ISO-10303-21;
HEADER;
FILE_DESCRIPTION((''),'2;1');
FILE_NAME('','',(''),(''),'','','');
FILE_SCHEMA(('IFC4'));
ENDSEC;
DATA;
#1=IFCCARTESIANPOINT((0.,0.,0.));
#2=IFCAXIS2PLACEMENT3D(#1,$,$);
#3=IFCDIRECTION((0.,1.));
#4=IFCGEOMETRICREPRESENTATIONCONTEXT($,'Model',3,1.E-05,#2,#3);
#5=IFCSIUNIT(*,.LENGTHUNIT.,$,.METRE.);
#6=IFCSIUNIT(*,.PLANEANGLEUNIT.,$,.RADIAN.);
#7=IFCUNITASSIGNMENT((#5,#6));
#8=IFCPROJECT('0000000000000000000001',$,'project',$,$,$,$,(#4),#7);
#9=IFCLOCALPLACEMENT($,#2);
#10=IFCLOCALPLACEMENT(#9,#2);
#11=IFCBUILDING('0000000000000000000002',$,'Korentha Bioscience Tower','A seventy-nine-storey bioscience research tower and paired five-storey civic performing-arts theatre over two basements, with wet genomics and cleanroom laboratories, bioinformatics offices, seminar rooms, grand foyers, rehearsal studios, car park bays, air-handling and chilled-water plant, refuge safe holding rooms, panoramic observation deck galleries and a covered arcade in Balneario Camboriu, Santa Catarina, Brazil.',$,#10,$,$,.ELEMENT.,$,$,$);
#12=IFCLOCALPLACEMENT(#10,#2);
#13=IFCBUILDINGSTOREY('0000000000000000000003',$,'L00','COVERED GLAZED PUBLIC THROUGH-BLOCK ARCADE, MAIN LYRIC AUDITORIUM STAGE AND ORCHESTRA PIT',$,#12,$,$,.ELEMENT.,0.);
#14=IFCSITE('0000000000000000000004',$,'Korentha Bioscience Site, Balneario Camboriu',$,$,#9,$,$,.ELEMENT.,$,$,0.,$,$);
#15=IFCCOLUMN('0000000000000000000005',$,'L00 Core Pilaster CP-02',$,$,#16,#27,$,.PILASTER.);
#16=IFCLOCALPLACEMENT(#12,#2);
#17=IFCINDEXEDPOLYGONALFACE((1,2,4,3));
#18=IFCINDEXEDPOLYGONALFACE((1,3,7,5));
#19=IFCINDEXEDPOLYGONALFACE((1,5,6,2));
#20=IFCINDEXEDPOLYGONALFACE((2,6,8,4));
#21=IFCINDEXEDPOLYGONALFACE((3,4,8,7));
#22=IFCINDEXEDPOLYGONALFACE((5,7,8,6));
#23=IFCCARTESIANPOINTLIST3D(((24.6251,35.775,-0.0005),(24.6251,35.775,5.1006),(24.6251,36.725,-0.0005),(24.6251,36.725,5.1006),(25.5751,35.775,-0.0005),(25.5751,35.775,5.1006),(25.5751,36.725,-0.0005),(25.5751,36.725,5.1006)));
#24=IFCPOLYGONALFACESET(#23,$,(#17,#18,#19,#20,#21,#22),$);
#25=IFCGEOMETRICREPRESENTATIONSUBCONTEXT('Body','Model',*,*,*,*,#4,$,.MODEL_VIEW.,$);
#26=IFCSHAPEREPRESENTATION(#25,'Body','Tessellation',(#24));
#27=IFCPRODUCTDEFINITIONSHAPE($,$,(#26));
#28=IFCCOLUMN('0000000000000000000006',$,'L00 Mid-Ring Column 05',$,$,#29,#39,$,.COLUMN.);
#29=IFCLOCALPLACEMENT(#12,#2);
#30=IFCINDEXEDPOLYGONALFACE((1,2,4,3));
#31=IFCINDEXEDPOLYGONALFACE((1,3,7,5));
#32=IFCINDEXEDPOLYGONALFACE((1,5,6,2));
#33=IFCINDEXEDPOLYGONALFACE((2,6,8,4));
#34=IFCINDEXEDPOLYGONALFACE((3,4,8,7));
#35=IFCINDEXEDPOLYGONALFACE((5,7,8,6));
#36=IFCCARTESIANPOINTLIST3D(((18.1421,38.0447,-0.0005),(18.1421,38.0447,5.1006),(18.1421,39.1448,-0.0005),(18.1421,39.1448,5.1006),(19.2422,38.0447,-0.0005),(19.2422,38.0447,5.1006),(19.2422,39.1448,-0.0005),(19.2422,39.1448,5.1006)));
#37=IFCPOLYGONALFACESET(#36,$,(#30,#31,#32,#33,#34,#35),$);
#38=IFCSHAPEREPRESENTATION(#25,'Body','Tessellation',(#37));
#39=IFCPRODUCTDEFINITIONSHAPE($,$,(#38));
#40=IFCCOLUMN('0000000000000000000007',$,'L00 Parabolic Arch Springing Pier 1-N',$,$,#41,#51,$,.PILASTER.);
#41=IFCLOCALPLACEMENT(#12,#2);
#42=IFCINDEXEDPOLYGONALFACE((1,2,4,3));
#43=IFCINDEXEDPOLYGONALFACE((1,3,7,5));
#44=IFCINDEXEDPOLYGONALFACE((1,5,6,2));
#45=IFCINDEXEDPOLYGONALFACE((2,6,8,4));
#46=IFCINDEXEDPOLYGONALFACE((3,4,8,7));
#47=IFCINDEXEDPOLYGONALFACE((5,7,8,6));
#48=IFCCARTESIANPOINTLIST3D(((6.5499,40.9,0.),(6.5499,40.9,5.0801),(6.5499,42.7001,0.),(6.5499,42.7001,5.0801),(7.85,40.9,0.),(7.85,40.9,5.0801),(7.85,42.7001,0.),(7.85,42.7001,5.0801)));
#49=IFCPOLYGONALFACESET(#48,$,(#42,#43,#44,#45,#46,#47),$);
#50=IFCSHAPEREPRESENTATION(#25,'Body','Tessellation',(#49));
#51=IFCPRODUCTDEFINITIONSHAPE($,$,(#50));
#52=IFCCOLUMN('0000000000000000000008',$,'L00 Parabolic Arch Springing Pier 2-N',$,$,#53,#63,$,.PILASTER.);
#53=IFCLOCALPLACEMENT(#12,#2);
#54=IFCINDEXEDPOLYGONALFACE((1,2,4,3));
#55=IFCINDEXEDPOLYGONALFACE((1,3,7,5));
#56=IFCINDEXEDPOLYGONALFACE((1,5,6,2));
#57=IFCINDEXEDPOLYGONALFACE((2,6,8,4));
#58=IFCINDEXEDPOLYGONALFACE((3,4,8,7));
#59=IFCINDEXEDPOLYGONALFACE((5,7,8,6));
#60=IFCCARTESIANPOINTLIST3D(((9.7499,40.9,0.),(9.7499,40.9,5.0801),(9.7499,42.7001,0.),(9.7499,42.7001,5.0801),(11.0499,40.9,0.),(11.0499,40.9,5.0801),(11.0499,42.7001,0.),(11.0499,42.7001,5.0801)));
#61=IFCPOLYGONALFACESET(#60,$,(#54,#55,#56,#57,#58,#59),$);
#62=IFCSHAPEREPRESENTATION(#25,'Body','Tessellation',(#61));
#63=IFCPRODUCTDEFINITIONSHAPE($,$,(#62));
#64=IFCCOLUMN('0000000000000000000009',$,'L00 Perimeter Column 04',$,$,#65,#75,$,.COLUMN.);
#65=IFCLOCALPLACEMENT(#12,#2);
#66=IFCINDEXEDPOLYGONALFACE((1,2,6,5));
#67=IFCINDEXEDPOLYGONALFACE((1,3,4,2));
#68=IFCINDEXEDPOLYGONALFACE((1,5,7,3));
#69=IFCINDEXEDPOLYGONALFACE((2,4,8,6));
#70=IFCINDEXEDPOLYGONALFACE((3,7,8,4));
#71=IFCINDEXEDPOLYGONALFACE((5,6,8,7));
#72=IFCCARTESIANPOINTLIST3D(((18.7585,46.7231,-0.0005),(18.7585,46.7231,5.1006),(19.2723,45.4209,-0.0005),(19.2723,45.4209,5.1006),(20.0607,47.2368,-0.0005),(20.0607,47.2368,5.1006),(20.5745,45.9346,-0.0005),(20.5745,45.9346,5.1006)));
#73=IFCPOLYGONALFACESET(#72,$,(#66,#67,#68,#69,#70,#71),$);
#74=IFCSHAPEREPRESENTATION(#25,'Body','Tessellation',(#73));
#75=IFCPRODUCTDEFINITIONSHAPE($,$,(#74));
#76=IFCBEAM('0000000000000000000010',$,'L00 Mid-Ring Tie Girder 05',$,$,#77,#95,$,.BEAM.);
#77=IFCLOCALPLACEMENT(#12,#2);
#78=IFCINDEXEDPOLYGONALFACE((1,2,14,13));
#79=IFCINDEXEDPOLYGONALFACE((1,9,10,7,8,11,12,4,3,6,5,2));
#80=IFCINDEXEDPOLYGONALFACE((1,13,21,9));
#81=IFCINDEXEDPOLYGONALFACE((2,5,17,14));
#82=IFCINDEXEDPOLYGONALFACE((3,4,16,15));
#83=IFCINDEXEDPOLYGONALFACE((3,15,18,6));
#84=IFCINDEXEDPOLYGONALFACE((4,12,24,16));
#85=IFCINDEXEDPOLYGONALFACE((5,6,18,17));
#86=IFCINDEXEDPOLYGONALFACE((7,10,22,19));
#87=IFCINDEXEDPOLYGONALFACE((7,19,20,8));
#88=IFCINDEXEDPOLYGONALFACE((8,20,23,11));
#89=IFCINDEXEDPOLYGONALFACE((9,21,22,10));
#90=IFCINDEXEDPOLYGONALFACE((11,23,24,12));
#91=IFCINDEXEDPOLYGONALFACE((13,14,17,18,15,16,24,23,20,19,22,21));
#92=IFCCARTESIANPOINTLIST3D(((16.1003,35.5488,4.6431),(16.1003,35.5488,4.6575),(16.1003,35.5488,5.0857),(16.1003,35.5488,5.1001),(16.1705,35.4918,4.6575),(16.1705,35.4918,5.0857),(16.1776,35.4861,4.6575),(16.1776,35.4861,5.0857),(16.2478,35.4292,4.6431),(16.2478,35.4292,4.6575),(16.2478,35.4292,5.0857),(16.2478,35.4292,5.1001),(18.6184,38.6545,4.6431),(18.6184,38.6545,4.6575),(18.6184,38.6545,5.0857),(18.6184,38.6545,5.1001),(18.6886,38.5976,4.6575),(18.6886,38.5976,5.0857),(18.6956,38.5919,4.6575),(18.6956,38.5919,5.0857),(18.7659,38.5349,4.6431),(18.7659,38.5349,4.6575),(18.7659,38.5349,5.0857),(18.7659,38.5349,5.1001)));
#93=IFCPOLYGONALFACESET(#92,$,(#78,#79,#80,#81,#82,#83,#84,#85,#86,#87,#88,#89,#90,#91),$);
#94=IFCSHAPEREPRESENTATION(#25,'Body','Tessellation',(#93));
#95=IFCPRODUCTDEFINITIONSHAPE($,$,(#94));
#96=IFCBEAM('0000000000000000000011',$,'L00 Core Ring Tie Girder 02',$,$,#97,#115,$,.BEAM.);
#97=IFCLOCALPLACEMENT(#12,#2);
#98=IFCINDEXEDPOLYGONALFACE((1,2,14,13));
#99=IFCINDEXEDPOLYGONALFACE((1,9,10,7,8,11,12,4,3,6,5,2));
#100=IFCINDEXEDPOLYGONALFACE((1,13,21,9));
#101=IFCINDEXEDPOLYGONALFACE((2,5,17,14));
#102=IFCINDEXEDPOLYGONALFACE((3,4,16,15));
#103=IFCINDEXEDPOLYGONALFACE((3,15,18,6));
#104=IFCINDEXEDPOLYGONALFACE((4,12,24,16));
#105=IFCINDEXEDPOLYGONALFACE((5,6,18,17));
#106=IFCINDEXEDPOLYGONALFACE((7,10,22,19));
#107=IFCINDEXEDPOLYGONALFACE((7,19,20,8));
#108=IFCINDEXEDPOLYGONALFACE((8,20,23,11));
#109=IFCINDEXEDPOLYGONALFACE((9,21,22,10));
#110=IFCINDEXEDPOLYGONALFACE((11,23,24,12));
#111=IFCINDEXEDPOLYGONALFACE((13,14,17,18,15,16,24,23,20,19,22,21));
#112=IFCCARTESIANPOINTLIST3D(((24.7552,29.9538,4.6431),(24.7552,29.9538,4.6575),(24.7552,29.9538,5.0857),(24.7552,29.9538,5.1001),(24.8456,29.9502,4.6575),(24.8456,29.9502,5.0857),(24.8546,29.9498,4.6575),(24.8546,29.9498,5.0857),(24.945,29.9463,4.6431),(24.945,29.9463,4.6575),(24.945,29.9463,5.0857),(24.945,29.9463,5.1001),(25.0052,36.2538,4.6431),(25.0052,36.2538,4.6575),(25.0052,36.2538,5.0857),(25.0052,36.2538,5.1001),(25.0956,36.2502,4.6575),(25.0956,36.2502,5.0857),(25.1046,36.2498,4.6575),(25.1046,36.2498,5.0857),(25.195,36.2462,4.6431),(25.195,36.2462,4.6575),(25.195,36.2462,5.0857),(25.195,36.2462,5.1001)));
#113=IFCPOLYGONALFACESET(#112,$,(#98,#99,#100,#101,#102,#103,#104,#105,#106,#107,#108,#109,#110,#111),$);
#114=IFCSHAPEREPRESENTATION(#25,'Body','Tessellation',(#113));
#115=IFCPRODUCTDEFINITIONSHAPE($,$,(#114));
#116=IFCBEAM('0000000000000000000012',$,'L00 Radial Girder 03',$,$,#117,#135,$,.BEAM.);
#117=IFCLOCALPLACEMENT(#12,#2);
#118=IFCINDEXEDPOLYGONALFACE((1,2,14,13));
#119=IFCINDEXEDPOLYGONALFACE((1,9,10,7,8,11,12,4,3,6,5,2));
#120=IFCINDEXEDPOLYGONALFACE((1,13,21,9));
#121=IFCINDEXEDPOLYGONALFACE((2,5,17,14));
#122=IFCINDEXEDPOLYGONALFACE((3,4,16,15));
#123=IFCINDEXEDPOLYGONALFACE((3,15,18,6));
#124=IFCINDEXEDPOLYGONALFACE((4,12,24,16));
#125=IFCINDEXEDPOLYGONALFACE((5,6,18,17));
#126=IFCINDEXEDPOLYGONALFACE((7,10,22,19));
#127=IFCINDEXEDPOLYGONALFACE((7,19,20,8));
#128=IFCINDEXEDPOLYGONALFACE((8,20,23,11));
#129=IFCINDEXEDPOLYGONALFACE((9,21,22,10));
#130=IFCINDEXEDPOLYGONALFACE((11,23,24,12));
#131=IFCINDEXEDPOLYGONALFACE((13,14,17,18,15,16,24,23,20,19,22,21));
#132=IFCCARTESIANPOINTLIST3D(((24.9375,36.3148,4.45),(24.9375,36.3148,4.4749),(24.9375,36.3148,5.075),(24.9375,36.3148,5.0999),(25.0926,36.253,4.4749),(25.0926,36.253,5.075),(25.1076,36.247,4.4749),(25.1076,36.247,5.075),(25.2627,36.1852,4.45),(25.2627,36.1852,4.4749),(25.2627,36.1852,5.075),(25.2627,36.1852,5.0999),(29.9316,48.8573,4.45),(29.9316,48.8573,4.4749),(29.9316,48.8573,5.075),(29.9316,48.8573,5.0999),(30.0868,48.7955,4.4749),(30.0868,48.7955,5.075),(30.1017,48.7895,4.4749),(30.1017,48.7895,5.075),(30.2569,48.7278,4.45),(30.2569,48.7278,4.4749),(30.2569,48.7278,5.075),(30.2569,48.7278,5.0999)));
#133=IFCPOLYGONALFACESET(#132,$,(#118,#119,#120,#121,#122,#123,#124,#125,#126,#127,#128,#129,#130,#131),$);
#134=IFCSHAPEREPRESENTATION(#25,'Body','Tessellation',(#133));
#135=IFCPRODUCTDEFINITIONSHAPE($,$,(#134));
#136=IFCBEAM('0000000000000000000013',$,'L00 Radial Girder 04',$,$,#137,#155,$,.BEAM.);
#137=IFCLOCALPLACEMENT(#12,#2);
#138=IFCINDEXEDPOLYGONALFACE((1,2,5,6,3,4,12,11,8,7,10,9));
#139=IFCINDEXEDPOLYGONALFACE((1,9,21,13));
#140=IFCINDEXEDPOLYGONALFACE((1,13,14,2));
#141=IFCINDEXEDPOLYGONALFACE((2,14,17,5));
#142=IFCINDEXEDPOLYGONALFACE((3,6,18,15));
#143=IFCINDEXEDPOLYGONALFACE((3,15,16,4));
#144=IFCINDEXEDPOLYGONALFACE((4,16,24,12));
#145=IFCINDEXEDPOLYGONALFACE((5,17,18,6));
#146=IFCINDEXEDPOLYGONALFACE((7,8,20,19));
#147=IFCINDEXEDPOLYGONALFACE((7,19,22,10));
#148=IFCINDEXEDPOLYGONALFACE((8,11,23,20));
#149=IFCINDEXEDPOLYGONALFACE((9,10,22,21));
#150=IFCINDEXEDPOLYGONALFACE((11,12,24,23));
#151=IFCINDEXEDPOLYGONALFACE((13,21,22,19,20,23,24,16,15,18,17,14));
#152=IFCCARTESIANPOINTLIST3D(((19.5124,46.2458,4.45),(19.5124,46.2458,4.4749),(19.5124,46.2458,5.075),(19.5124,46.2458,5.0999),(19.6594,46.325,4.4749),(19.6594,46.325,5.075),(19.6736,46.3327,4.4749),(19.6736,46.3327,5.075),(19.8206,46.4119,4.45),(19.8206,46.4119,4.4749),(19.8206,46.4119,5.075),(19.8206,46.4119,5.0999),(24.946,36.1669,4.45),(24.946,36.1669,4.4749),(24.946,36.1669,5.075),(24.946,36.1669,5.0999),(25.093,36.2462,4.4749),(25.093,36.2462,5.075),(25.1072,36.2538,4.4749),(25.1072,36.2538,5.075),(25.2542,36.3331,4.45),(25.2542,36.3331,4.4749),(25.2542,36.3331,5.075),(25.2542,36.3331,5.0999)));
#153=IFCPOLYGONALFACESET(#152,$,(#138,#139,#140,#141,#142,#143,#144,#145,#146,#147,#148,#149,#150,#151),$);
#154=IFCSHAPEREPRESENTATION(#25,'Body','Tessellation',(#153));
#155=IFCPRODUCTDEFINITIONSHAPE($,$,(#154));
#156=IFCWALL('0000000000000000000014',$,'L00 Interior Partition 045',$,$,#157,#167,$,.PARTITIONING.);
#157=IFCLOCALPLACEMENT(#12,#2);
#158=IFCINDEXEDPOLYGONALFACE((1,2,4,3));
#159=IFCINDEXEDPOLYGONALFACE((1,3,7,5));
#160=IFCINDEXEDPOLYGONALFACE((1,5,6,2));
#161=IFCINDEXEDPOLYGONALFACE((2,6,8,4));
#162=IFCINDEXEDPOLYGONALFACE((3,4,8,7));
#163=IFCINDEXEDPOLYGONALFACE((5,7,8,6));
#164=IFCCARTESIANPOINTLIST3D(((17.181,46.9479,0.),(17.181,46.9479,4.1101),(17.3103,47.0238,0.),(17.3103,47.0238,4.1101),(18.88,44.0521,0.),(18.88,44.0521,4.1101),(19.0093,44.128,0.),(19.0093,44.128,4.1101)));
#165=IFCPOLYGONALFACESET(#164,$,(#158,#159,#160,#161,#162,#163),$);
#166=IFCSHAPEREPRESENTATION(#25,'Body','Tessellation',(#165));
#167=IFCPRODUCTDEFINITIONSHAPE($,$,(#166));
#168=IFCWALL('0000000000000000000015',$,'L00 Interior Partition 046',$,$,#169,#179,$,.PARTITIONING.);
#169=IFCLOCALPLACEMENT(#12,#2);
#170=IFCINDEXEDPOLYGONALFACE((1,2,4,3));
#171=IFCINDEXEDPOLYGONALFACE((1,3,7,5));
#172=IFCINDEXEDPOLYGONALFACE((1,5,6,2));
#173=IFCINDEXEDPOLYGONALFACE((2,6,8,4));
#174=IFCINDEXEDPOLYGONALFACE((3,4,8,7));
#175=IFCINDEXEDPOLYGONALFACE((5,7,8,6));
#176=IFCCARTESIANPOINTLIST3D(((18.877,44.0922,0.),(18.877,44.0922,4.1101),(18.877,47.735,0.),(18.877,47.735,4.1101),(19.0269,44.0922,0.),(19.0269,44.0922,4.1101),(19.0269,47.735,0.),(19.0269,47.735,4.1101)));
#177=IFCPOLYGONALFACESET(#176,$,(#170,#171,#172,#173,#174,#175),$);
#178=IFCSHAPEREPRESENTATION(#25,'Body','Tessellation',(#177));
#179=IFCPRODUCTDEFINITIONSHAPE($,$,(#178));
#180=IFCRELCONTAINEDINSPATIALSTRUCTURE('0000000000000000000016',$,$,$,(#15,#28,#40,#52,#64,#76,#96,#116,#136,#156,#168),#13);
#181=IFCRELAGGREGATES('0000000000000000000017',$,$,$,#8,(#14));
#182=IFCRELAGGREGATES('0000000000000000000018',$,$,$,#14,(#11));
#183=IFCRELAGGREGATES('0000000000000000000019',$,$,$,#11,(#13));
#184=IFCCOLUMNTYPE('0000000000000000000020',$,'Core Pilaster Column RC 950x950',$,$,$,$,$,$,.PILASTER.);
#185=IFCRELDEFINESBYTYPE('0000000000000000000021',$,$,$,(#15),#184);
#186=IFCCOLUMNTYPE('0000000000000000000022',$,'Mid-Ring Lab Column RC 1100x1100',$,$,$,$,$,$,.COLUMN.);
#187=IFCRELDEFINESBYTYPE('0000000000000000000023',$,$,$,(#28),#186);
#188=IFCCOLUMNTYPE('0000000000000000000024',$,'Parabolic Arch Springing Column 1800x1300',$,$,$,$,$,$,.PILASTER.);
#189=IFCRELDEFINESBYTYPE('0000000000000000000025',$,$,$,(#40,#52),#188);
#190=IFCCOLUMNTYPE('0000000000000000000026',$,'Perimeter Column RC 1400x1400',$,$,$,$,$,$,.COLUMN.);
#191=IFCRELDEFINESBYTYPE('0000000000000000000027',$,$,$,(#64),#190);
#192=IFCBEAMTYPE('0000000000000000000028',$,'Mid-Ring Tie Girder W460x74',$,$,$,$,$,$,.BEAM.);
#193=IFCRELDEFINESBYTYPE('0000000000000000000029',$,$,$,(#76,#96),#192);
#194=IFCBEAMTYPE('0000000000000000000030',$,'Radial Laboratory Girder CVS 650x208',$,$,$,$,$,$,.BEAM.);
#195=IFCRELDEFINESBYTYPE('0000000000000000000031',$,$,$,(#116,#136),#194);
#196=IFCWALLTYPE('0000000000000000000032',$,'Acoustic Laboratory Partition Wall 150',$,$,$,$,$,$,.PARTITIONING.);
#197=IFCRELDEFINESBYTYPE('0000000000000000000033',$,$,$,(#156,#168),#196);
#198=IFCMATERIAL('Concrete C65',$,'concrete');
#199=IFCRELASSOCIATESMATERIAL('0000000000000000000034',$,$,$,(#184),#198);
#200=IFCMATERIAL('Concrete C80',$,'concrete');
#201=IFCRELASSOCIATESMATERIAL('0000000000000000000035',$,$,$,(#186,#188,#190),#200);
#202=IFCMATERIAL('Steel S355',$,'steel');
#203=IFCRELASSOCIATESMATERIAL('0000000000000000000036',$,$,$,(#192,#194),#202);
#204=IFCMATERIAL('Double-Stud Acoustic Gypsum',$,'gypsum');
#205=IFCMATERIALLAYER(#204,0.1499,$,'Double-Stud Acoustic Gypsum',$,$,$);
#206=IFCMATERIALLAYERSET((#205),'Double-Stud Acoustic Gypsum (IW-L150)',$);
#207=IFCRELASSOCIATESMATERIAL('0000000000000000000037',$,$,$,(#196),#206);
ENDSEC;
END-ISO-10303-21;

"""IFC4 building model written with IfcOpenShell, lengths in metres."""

from ifc_helpers import new_model, si_unit, direction, frame, frame_2d, origin, origin_2d, place, context, subcontext, project, spatial, rectangle, i_section, extrude, material, layer, layer_set, material_profile, profile_set, type_object, element, save


model = new_model("IFC4")

# Units and contexts
model_context = context("Model", 3, precision=1e-05, world=origin(), true_north=direction((0.0, 1.0)))
body_context = subcontext(model_context, "Body", "Model", "MODEL_VIEW")
ifc_project = project(units=[si_unit("LENGTHUNIT", "METRE"), si_unit("PLANEANGLEUNIT", "RADIAN")], contexts=[model_context])

# Site, building, storey
site_placement = place(None, origin())
site = spatial("IfcSite", under=ifc_project, at=site_placement, Name="Korentha Bioscience Site, Balneario Camboriu", CompositionType="ELEMENT", RefElevation=0.0)
building_placement = place(site_placement, origin())
building = spatial("IfcBuilding", under=site, at=building_placement, Name="Korentha Bioscience Tower", Description="A seventy-nine-storey bioscience research tower and paired five-storey civic performing-arts theatre over two basements, with wet genomics and cleanroom laboratories, bioinformatics offices, seminar rooms, grand foyers, rehearsal studios, car park bays, air-handling and chilled-water plant, refuge safe holding rooms, panoramic observation deck galleries and a covered arcade in Balneario Camboriu, Santa Catarina, Brazil.", CompositionType="ELEMENT")
storey_placement = place(building_placement, origin())
storey = spatial("IfcBuildingStorey", under=building, at=storey_placement, Name="L00", Description="COVERED GLAZED PUBLIC THROUGH-BLOCK ARCADE, MAIN LYRIC AUDITORIUM STAGE AND ORCHESTRA PIT", CompositionType="ELEMENT", Elevation=0.0)

# Columns
ifc_material_1 = material(Name="Concrete C65", Category="concrete")
ifc_material_profile_1 = material_profile(ifc_material_1, rectangle(XDim=0.95, YDim=0.95, at=origin_2d()), Name="Concrete C65")
ifc_profile_set_1 = profile_set([ifc_material_profile_1], Name="Concrete C65 (COL-CP09)")
column_type_1 = type_object("IfcColumnType", Name="Core Pilaster Column RC 950x950", PredefinedType="PILASTER", material=ifc_profile_set_1)
column_1_placement = place(storey_placement, frame((25.1001, 36.25, -0.0005), z_axis=(0.0, 0.0, 1.0), x_axis=(1.0, 0.0, 0.0)))
element("IfcColumn", 1, at=column_1_placement, inside=storey, type_object=column_type_1, Name="L00 Core Pilaster CP-02", PredefinedType="PILASTER", context=body_context, shape_type="SweptSolid", body=[
    extrude(rectangle(XDim=0.95, YDim=0.95, at=origin_2d()), origin(), (0.0, 0.0, 1.0), 5.1011),
])
ifc_material_2 = material(Name="Concrete C80", Category="concrete")
ifc_material_profile_2 = material_profile(ifc_material_2, rectangle(XDim=1.1001, YDim=1.1001, at=origin_2d()), Name="Concrete C80")
ifc_profile_set_2 = profile_set([ifc_material_profile_2], Name="Concrete C80 (COL-MR11)")
column_type_2 = type_object("IfcColumnType", Name="Mid-Ring Lab Column RC 1100x1100", PredefinedType="COLUMN", material=ifc_profile_set_2)
column_2_placement = place(storey_placement, frame((18.6921, 38.5947, -0.0005), z_axis=(0.0, 0.0, 1.0), x_axis=(1.0, 0.0, 0.0)))
element("IfcColumn", 2, at=column_2_placement, inside=storey, type_object=column_type_2, Name="L00 Mid-Ring Column 05", PredefinedType="COLUMN", context=body_context, shape_type="SweptSolid", body=[
    extrude(rectangle(XDim=1.1001, YDim=1.1001, at=origin_2d()), origin(), (0.0, 0.0, 1.0), 5.1011),
])
ifc_material_profile_3 = material_profile(ifc_material_2, rectangle(XDim=1.3, YDim=1.8, at=origin_2d()), Name="Concrete C80")
ifc_profile_set_3 = profile_set([ifc_material_profile_3], Name="Concrete C80 (AR-C1)")
column_type_3 = type_object("IfcColumnType", Name="Parabolic Arch Springing Column 1800x1300", PredefinedType="PILASTER", material=ifc_profile_set_3)
for number, where, z_axis, x_axis, name in (
    (3, (7.2, 41.8, 0.0), (0.0, 0.0, 1.0), (1.0, 0.0, 0.0), "L00 Parabolic Arch Springing Pier 1-N"),
    (4, (10.3999, 41.8, 0.0), (0.0, 0.0, 1.0), (1.0, 0.0, 0.0), "L00 Parabolic Arch Springing Pier 2-N"),
):
    element("IfcColumn", number, at=place(storey_placement, frame(where, z_axis=z_axis, x_axis=x_axis)), inside=storey, type_object=column_type_3, Name=name, PredefinedType="PILASTER", context=body_context, shape_type="SweptSolid", body=[
        extrude(rectangle(XDim=1.3, YDim=1.8, at=origin_2d()), origin(), (0.0, 0.0, 1.0), 5.0801),
    ])
ifc_material_profile_4 = material_profile(ifc_material_2, rectangle(XDim=1.3999, YDim=1.3999, at=origin_2d()), Name="Concrete C80")
ifc_profile_set_4 = profile_set([ifc_material_profile_4], Name="Concrete C80 (COL-P14)")
column_type_4 = type_object("IfcColumnType", Name="Perimeter Column RC 1400x1400", PredefinedType="COLUMN", material=ifc_profile_set_4)
column_3_placement = place(storey_placement, frame((19.6665, 46.3289, -0.0005), z_axis=(0.0, 0.0, 1.0), x_axis=(0.930226, 0.366988, 0.0)))
element("IfcColumn", 5, at=column_3_placement, inside=storey, type_object=column_type_4, Name="L00 Perimeter Column 04", PredefinedType="COLUMN", context=body_context, shape_type="SweptSolid", body=[
    extrude(rectangle(XDim=1.3999, YDim=1.3999, at=origin_2d()), origin(), (0.0, 0.0, 1.0), 5.1011),
])

# Beams
ifc_material_3 = material(Name="Steel S355", Category="steel")
ifc_material_profile_5 = material_profile(ifc_material_3, i_section(OverallWidth=0.1899, OverallDepth=0.457, WebThickness=0.009, FlangeThickness=0.0144, at=origin_2d()), Name="Steel S355")
ifc_profile_set_5 = profile_set([ifc_material_profile_5], Name="Steel S355 (MB-460)")
beam_type_1 = type_object("IfcBeamType", Name="Mid-Ring Tie Girder W460x74", PredefinedType="BEAM", material=ifc_profile_set_5)
beam_1_placement = place(storey_placement, frame((18.6921, 38.5947, 4.8716), z_axis=(-0.62979, -0.776765, 0.0), x_axis=(0.776765, -0.62979, 0.0)))
element("IfcBeam", 6, at=beam_1_placement, inside=storey, type_object=beam_type_1, Name="L00 Mid-Ring Tie Girder 05", PredefinedType="BEAM", context=body_context, shape_type="SweptSolid", body=[
    extrude(i_section(OverallWidth=0.1899, OverallDepth=0.457, WebThickness=0.009, FlangeThickness=0.0144, at=origin_2d()), origin(), (0.0, 0.0, 1.0), 3.9983),
])
beam_2_placement = place(storey_placement, frame((25.1001, 36.25, 4.8716), z_axis=(-0.039651, -0.999214, 0.0), x_axis=(0.999214, -0.039651, 0.0)))
element("IfcBeam", 7, at=beam_2_placement, inside=storey, type_object=beam_type_1, Name="L00 Core Ring Tie Girder 02", PredefinedType="BEAM", context=body_context, shape_type="SweptSolid", body=[
    extrude(i_section(OverallWidth=0.1899, OverallDepth=0.457, WebThickness=0.009, FlangeThickness=0.0144, at=origin_2d()), origin(), (0.0, 0.0, 1.0), 6.3049),
])
ifc_material_profile_6 = material_profile(ifc_material_3, i_section(OverallWidth=0.3501, OverallDepth=0.6499, WebThickness=0.0161, FlangeThickness=0.0249, at=origin_2d()), Name="Steel S355")
ifc_profile_set_6 = profile_set([ifc_material_profile_6], Name="Steel S355 (RB-650)")
beam_type_2 = type_object("IfcBeamType", Name="Radial Laboratory Girder CVS 650x208", PredefinedType="BEAM", material=ifc_profile_set_6)
beam_3_placement = place(storey_placement, frame((25.1001, 36.25, 4.7749), z_axis=(0.369931, 0.929059, 0.0), x_axis=(-0.929059, 0.369931, 0.0)))
element("IfcBeam", 8, at=beam_3_placement, inside=storey, type_object=beam_type_2, Name="L00 Radial Girder 03", PredefinedType="BEAM", context=body_context, shape_type="SweptSolid", body=[
    extrude(i_section(OverallWidth=0.3501, OverallDepth=0.6499, WebThickness=0.0161, FlangeThickness=0.0249, at=origin_2d()), origin(), (0.0, 0.0, 1.0), 13.5002),
])
beam_4_placement = place(storey_placement, frame((25.1001, 36.25, 4.7749), z_axis=(-0.474541, 0.880233, 0.0), x_axis=(-0.880233, -0.474541, 0.0)))
element("IfcBeam", 9, at=beam_4_placement, inside=storey, type_object=beam_type_2, Name="L00 Radial Girder 04", PredefinedType="BEAM", context=body_context, shape_type="SweptSolid", body=[
    extrude(i_section(OverallWidth=0.3501, OverallDepth=0.6499, WebThickness=0.0161, FlangeThickness=0.0249, at=origin_2d()), origin(), (0.0, 0.0, 1.0), 11.4502),
])

# Shared definitions
ifc_material_4 = material(Name="Double-Stud Acoustic Gypsum", Category="gypsum")
ifc_layer_1 = layer(ifc_material_4, 0.1499, Name="Double-Stud Acoustic Gypsum")
ifc_layer_set_1 = layer_set([ifc_layer_1], Name="Double-Stud Acoustic Gypsum (IW-L150)")
wall_type_1 = type_object("IfcWallType", Name="Acoustic Laboratory Partition Wall 150", PredefinedType="PARTITIONING", material=ifc_layer_set_1)

# Walls
wall_1_placement = place(storey_placement, frame((17.2456, 46.9858, 0.0), z_axis=(0.0, 0.0, 1.0), x_axis=(0.506044, -0.862508, 0.0)))
element("IfcWall", 10, at=wall_1_placement, inside=storey, type_object=wall_type_1, Name="L00 Interior Partition 045", PredefinedType="PARTITIONING", context=body_context, shape_type="SweptSolid", body=[
    extrude(rectangle(XDim=3.3574, YDim=0.1499, at=frame_2d((1.6787, 0.0))), origin(), (0.0, 0.0, 1.0), 4.1101),
])
wall_2_placement = place(storey_placement, frame((18.9519, 44.0923, 0.0), z_axis=(0.0, 0.0, 1.0), x_axis=(0.0, 1.0, 0.0)))
element("IfcWall", 11, at=wall_2_placement, inside=storey, type_object=wall_type_1, Name="L00 Interior Partition 046", PredefinedType="PARTITIONING", context=body_context, shape_type="SweptSolid", body=[
    extrude(rectangle(XDim=3.6428, YDim=0.1499, at=frame_2d((1.8213, 0.0))), origin(), (0.0, 0.0, 1.0), 4.1101),
])

save(model, "model.ifc")
